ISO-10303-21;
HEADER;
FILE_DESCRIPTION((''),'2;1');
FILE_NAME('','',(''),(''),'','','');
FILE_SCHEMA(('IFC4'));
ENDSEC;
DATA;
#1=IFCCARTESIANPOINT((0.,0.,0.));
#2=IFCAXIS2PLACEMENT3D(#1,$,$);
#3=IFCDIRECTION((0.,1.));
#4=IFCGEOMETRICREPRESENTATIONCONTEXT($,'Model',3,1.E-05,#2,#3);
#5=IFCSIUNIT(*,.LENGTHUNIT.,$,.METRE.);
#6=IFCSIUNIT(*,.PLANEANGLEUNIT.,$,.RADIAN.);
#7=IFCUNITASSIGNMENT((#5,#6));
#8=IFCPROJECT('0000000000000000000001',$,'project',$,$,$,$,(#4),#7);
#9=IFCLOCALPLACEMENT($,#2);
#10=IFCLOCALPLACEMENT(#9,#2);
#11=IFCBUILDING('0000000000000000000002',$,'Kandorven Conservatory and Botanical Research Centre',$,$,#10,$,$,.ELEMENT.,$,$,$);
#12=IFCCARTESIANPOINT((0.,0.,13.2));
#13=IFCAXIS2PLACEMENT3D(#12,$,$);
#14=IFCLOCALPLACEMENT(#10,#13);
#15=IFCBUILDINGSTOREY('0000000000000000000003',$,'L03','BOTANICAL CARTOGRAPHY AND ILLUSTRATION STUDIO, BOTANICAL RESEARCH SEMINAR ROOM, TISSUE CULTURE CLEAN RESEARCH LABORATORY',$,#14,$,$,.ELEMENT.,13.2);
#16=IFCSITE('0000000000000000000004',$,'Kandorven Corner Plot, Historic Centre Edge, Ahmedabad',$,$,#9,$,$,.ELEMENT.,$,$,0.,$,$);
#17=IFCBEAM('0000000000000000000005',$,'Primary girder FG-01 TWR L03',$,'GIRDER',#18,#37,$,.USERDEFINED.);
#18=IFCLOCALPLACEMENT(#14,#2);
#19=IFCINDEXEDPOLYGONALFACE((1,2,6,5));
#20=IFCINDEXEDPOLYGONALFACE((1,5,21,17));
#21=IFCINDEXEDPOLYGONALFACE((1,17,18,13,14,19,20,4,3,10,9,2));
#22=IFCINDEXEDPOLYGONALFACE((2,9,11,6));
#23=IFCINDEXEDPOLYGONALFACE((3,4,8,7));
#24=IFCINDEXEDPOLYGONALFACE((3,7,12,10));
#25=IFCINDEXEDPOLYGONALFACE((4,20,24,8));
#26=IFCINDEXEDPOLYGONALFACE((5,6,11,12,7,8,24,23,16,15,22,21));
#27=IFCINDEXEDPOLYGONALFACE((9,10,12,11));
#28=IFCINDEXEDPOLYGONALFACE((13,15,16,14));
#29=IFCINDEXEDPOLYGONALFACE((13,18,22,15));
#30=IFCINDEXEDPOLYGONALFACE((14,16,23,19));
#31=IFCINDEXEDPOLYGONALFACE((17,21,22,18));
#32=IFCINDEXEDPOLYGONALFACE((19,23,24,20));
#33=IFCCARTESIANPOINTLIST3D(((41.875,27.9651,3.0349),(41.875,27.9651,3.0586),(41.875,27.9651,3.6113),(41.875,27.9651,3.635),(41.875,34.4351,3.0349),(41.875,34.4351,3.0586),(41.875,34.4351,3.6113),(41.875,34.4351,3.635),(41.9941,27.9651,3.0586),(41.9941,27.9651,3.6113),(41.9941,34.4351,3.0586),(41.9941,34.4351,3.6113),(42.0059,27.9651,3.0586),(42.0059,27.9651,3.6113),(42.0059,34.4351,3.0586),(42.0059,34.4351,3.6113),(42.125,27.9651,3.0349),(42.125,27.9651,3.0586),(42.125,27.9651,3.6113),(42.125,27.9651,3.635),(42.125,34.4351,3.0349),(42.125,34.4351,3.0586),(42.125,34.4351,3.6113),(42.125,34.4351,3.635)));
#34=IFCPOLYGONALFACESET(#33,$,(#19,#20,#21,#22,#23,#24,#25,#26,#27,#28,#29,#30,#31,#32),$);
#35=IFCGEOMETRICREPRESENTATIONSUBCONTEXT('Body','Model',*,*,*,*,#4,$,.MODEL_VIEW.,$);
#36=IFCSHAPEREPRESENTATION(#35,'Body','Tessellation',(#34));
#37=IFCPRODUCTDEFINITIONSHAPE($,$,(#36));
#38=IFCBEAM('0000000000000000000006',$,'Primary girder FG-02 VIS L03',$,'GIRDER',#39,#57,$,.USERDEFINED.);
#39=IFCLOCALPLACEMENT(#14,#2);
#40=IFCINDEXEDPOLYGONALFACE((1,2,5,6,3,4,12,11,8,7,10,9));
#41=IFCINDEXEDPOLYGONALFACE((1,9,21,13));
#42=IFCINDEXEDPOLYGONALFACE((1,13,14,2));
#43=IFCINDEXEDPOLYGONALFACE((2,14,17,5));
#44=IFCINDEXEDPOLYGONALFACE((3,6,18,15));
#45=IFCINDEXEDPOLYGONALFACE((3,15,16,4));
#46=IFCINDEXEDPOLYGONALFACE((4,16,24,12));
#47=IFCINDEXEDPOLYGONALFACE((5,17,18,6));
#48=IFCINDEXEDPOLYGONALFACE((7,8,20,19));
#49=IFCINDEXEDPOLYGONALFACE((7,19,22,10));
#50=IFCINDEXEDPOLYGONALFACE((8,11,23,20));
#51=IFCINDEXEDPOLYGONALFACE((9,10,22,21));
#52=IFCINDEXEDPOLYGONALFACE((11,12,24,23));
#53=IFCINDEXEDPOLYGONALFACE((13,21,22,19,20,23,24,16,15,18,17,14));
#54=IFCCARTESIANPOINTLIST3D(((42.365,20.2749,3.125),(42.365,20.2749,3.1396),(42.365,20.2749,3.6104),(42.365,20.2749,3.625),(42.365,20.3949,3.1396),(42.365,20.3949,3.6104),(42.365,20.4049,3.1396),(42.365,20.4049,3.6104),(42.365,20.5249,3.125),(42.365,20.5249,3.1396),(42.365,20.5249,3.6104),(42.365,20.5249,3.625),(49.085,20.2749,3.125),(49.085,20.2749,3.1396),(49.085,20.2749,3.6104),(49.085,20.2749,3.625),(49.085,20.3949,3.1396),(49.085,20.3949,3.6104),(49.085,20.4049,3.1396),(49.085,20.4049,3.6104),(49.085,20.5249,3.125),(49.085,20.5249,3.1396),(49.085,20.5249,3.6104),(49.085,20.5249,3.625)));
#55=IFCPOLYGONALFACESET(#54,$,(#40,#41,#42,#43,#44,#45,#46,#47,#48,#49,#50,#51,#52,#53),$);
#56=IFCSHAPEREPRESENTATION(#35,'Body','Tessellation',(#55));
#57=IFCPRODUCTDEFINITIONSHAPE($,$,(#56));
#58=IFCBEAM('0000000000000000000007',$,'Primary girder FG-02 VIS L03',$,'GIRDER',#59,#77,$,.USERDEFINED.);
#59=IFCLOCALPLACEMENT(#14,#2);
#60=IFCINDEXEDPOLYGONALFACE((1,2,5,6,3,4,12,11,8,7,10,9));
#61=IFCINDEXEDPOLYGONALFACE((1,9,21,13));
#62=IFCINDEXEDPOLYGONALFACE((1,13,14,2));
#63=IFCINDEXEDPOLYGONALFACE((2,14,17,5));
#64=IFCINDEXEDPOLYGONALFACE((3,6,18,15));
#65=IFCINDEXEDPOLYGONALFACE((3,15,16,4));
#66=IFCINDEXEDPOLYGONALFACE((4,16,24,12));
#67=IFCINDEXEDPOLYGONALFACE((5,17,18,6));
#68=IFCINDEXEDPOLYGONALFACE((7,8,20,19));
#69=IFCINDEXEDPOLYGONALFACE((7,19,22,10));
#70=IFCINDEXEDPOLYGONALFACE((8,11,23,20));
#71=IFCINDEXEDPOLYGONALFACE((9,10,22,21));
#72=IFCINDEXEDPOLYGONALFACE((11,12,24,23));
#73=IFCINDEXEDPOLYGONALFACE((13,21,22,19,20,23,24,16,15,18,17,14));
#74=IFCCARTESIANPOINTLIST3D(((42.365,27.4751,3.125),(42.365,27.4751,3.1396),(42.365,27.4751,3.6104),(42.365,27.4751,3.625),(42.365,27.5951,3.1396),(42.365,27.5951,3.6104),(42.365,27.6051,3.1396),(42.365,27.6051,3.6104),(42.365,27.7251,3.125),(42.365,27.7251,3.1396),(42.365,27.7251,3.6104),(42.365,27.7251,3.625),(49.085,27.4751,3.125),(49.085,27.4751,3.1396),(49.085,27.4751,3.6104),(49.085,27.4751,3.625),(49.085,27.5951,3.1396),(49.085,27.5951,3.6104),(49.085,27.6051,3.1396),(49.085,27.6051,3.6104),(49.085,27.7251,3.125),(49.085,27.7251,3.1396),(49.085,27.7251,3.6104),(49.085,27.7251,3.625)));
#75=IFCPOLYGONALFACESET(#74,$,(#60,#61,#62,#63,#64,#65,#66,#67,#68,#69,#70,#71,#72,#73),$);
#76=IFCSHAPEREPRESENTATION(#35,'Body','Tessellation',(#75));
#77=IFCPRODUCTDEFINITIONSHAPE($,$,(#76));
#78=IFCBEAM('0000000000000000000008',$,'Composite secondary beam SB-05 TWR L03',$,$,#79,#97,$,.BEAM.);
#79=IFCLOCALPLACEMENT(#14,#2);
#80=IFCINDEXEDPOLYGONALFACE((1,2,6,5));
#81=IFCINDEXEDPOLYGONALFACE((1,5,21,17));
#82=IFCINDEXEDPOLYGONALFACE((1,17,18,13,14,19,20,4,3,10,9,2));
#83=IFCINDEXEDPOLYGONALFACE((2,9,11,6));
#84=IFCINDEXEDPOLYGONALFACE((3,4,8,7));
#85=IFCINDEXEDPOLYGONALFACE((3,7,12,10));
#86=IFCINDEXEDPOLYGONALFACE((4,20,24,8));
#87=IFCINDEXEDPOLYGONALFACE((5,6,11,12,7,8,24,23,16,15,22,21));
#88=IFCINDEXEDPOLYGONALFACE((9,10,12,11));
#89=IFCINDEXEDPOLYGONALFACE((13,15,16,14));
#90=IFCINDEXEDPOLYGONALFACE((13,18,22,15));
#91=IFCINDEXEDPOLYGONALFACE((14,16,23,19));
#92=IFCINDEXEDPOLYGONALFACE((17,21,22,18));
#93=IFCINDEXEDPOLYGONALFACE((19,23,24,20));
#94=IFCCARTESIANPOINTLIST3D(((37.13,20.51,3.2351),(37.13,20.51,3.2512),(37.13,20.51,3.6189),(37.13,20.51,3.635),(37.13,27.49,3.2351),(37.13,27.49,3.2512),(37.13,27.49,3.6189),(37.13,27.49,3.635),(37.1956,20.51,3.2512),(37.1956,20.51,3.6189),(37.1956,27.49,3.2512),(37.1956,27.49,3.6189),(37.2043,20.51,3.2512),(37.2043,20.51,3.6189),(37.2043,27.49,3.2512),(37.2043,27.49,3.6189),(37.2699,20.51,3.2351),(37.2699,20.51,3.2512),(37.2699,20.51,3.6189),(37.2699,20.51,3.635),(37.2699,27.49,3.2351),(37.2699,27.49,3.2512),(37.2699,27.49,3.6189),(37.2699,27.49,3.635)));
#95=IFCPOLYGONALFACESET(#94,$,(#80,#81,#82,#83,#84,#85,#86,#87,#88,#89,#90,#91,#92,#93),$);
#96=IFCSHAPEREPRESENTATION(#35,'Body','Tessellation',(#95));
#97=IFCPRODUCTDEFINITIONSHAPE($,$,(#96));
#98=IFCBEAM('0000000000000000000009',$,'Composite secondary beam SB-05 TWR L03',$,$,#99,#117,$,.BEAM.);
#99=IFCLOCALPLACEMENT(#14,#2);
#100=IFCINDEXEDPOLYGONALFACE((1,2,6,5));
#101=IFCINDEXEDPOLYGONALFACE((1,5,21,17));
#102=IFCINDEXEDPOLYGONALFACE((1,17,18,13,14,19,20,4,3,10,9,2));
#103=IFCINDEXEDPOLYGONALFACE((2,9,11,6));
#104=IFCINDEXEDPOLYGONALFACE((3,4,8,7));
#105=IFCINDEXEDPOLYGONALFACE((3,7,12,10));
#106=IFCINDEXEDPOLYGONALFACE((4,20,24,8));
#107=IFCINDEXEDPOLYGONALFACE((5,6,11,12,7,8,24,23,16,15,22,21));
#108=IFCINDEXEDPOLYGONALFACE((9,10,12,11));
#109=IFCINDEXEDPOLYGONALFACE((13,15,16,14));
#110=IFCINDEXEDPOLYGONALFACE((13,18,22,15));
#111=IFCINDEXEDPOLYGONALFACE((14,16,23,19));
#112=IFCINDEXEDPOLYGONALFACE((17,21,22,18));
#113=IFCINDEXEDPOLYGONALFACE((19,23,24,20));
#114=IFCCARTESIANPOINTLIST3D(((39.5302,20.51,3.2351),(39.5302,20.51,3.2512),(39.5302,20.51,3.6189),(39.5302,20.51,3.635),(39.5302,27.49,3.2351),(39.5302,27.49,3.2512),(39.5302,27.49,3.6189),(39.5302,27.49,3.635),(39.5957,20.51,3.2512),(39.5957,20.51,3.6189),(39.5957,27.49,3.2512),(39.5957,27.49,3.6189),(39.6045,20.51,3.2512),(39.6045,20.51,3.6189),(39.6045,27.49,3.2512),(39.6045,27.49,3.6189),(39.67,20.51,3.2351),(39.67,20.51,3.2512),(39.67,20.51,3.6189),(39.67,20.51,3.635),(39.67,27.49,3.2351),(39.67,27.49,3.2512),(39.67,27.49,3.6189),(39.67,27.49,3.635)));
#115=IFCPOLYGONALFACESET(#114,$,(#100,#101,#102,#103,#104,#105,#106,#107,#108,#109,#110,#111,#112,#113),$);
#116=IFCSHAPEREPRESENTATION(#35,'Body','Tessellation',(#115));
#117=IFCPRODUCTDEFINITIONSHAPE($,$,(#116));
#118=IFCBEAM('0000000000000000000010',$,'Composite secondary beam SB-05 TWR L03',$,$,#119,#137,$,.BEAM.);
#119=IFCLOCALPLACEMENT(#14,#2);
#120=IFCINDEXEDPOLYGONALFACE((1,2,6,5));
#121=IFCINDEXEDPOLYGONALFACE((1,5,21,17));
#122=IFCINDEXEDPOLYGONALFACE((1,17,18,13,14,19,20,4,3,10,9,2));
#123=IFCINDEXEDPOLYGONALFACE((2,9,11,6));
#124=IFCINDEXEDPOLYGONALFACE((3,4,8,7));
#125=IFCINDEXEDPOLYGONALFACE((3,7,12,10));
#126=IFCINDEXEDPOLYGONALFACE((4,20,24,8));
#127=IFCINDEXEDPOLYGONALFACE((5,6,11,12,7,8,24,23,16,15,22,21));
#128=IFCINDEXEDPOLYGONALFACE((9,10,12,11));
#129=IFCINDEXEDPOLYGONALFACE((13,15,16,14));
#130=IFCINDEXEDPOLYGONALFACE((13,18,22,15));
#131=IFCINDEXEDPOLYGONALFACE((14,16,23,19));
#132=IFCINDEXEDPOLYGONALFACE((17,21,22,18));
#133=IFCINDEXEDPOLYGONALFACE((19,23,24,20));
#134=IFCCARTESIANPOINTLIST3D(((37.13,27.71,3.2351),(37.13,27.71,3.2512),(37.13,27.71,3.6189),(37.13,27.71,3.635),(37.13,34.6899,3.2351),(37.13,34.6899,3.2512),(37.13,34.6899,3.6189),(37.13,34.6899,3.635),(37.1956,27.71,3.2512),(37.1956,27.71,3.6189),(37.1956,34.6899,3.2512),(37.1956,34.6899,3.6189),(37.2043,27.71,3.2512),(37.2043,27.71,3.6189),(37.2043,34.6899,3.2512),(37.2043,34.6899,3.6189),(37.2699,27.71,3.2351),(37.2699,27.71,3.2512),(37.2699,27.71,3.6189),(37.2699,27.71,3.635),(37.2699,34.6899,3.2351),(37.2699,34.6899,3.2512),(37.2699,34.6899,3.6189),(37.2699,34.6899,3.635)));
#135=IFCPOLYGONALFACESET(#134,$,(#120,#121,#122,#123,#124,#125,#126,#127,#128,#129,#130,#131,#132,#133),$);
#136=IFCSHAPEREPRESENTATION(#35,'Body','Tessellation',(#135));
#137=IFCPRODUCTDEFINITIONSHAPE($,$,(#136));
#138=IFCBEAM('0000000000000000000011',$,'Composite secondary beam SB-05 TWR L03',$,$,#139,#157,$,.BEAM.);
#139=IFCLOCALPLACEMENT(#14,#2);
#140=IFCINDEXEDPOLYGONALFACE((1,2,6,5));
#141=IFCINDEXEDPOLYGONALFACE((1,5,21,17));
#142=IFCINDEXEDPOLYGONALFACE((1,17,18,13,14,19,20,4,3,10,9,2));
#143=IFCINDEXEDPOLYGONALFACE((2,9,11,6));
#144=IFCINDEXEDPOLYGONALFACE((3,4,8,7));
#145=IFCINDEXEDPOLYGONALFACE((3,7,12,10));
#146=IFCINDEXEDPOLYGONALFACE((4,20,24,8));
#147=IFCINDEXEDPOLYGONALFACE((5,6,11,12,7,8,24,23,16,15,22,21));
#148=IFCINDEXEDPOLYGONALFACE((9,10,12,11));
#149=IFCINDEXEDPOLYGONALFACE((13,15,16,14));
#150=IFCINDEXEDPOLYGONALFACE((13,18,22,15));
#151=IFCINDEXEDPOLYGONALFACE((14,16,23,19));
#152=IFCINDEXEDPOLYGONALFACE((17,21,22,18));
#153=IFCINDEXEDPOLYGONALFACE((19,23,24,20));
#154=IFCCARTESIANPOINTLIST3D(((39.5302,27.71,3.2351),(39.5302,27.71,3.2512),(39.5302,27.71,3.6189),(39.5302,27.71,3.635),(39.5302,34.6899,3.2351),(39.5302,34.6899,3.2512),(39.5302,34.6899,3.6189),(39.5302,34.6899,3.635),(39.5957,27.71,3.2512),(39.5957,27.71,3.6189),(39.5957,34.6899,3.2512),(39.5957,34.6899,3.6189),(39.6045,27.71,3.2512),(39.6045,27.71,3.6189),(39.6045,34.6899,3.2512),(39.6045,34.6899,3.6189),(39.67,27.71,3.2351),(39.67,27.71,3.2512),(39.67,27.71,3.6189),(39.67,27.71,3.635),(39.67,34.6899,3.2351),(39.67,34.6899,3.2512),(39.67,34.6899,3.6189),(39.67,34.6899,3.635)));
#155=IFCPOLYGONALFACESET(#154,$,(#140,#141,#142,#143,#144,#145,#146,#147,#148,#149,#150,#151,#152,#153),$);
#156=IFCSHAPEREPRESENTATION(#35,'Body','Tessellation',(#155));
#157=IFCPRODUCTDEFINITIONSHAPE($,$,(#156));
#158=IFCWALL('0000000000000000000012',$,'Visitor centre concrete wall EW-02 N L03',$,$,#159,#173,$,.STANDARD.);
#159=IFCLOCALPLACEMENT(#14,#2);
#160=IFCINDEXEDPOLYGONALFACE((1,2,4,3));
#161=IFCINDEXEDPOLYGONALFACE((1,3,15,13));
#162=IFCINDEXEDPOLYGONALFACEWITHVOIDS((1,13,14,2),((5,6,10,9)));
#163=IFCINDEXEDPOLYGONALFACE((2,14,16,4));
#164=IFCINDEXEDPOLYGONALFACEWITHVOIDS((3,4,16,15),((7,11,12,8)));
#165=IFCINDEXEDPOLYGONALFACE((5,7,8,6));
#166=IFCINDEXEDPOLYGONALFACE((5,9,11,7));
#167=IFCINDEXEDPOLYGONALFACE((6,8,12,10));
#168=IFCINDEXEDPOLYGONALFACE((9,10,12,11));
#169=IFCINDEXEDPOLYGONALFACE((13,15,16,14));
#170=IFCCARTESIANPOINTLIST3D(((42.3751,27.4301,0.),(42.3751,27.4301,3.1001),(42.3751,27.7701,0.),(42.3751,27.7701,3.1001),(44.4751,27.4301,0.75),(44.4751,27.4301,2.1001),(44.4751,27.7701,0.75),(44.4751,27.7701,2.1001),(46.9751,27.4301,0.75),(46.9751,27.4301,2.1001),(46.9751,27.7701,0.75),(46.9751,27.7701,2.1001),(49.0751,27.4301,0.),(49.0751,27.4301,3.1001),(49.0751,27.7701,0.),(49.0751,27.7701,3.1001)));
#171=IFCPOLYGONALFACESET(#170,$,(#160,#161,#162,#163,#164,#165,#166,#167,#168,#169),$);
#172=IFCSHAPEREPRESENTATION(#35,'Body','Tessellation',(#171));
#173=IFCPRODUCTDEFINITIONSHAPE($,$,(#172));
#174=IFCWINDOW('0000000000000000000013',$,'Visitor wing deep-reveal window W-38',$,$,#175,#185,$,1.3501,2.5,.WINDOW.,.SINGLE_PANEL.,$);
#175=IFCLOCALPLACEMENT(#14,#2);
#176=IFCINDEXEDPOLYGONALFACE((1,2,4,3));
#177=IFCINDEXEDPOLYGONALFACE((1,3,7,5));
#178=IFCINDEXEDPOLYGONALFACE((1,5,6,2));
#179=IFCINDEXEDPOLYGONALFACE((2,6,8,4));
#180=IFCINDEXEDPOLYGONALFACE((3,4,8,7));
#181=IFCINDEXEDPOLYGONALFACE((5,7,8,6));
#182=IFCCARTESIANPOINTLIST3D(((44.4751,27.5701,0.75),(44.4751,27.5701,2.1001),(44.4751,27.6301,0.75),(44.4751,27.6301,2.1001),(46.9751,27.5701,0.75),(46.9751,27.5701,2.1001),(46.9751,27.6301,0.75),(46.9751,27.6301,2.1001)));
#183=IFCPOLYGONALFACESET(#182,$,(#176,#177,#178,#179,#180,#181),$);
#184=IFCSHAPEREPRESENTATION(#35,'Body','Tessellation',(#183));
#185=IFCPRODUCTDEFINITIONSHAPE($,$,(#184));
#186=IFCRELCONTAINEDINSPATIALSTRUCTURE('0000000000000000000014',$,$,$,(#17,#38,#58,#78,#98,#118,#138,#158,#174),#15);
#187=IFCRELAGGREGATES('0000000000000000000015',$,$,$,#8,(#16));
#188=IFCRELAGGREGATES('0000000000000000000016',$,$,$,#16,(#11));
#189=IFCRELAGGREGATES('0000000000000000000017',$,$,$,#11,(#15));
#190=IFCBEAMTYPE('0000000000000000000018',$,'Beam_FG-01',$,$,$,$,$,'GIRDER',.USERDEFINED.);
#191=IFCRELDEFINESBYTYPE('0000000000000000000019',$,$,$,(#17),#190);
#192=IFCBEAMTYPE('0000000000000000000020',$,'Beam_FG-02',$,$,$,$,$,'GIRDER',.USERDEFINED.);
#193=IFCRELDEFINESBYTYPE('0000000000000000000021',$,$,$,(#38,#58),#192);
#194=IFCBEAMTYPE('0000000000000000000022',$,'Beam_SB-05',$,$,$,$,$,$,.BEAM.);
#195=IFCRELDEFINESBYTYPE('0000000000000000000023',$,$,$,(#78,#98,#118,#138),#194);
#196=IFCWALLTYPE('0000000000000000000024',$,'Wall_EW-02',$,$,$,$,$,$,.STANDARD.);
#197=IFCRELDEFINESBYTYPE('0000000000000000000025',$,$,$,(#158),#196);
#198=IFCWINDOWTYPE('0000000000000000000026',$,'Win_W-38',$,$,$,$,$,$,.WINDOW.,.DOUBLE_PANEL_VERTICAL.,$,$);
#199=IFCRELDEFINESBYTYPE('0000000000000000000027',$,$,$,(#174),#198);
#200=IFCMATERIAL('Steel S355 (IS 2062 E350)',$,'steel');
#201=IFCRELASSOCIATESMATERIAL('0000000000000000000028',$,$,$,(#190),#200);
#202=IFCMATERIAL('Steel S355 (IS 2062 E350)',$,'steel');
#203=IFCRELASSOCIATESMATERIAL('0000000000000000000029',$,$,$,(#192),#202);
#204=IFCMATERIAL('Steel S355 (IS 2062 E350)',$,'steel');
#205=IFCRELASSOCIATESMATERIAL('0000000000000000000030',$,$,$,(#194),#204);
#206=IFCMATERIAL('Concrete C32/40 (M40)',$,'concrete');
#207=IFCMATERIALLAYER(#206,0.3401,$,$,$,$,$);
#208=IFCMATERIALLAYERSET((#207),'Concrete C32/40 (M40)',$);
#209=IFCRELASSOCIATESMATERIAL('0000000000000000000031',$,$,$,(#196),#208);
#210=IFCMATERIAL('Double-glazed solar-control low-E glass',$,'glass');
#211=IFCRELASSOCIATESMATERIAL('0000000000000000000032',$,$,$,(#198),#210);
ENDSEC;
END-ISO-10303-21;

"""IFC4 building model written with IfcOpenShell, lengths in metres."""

from ifc_helpers import new_model, si_unit, direction, frame, frame_2d, origin, origin_2d, place, context, subcontext, project, spatial, rectangle, i_section, extrude, material, layer, layer_set, material_profile, profile_set, type_object, element, fill, save


model = new_model("IFC4")

# Units and contexts
model_context = context("Model", 3, precision=1e-05, world=origin(), true_north=direction((0.0, 1.0)))
body_context = subcontext(model_context, "Body", "Model", "MODEL_VIEW")
ifc_project = project(units=[si_unit("LENGTHUNIT", "METRE"), si_unit("PLANEANGLEUNIT", "RADIAN")], contexts=[model_context])

# Site, building, storey
site_placement = place(None, origin())
site = spatial("IfcSite", under=ifc_project, at=site_placement, Name="Kandorven Corner Plot, Historic Centre Edge, Ahmedabad", CompositionType="ELEMENT", RefElevation=0.0)
building_placement = place(site_placement, origin())
building = spatial("IfcBuilding", under=site, at=building_placement, Name="Kandorven Conservatory and Botanical Research Centre", CompositionType="ELEMENT")
storey_placement = place(building_placement, frame((0.0, 0.0, 13.2)))
storey = spatial("IfcBuildingStorey", under=building, at=storey_placement, Name="L03", Description="BOTANICAL CARTOGRAPHY AND ILLUSTRATION STUDIO, BOTANICAL RESEARCH SEMINAR ROOM, TISSUE CULTURE CLEAN RESEARCH LABORATORY", CompositionType="ELEMENT", Elevation=13.2)

# Beams
ifc_material_1 = material(Name="Steel S355 (IS 2062 E350)", Category="steel")
ifc_material_profile_1 = material_profile(ifc_material_1, i_section(OverallWidth=0.25, OverallDepth=0.6001, WebThickness=0.0117, FlangeThickness=0.0237, at=origin_2d()))
ifc_profile_set_1 = profile_set([ifc_material_profile_1], Name="Steel S355 (IS 2062 E350)")
beam_type_1 = type_object("IfcBeamType", Name="Beam_FG-01", ElementType="GIRDER", PredefinedType="USERDEFINED", material=ifc_profile_set_1)
beam_1_placement = place(storey_placement, frame((42.0, 27.9651, 3.335), z_axis=(0.0, 1.0, 0.0), x_axis=(-1.0, 0.0, 0.0)))
element("IfcBeam", 1, at=beam_1_placement, inside=storey, type_object=beam_type_1, Name="Primary girder FG-01 TWR L03", ObjectType="GIRDER", PredefinedType="USERDEFINED", context=body_context, shape_type="SweptSolid", body=[
    extrude(i_section(OverallWidth=0.25, OverallDepth=0.6001, WebThickness=0.0117, FlangeThickness=0.0237, at=origin_2d()), origin(), (0.0, 0.0, 1.0), 6.47),
])
ifc_material_2 = material(Name="Steel S355 (IS 2062 E350)", Category="steel")
ifc_material_profile_2 = material_profile(ifc_material_2, i_section(OverallWidth=0.25, OverallDepth=0.5, WebThickness=0.01, FlangeThickness=0.0146, at=origin_2d()))
ifc_profile_set_2 = profile_set([ifc_material_profile_2], Name="Steel S355 (IS 2062 E350)")
beam_type_2 = type_object("IfcBeamType", Name="Beam_FG-02", ElementType="GIRDER", PredefinedType="USERDEFINED", material=ifc_profile_set_2)
for number, where, z_axis, x_axis, name in (
    (2, (42.365, 20.3999, 3.375), (1.0, 0.0, 0.0), (0.0, 1.0, 0.0), "Primary girder FG-02 VIS L03"),
    (3, (42.365, 27.6001, 3.375), (1.0, 0.0, 0.0), (0.0, 1.0, 0.0), "Primary girder FG-02 VIS L03"),
):
    element("IfcBeam", number, at=place(storey_placement, frame(where, z_axis=z_axis, x_axis=x_axis)), inside=storey, type_object=beam_type_2, Name=name, ObjectType="GIRDER", PredefinedType="USERDEFINED", context=body_context, shape_type="SweptSolid", body=[
        extrude(i_section(OverallWidth=0.25, OverallDepth=0.5, WebThickness=0.01, FlangeThickness=0.0146, at=origin_2d()), origin(), (0.0, 0.0, 1.0), 6.72),
    ])
ifc_material_3 = material(Name="Steel S355 (IS 2062 E350)", Category="steel")
ifc_material_profile_3 = material_profile(ifc_material_3, i_section(OverallWidth=0.1399, OverallDepth=0.3999, WebThickness=0.0088, FlangeThickness=0.0161, at=origin_2d()))
ifc_profile_set_3 = profile_set([ifc_material_profile_3], Name="Steel S355 (IS 2062 E350)")
beam_type_3 = type_object("IfcBeamType", Name="Beam_SB-05", PredefinedType="BEAM", material=ifc_profile_set_3)
for number, where, z_axis, x_axis, name in (
    (4, (37.2, 20.51, 3.4351), (0.0, 1.0, 0.0), (-1.0, 0.0, 0.0), "Composite secondary beam SB-05 TWR L03"),
    (5, (39.6001, 20.51, 3.4351), (0.0, 1.0, 0.0), (-1.0, 0.0, 0.0), "Composite secondary beam SB-05 TWR L03"),
    (6, (37.2, 27.71, 3.4351), (0.0, 1.0, 0.0), (-1.0, 0.0, 0.0), "Composite secondary beam SB-05 TWR L03"),
    (7, (39.6001, 27.71, 3.4351), (0.0, 1.0, 0.0), (-1.0, 0.0, 0.0), "Composite secondary beam SB-05 TWR L03"),
):
    element("IfcBeam", number, at=place(storey_placement, frame(where, z_axis=z_axis, x_axis=x_axis)), inside=storey, type_object=beam_type_3, Name=name, PredefinedType="BEAM", context=body_context, shape_type="SweptSolid", body=[
        extrude(i_section(OverallWidth=0.1399, OverallDepth=0.3999, WebThickness=0.0088, FlangeThickness=0.0161, at=origin_2d()), origin(), (0.0, 0.0, 1.0), 6.98),
    ])

# Wall, opening, window
ifc_material_4 = material(Name="Concrete C32/40 (M40)", Category="concrete")
ifc_layer_1 = layer(ifc_material_4, 0.3401)
ifc_layer_set_1 = layer_set([ifc_layer_1], Name="Concrete C32/40 (M40)")
wall_type_1 = type_object("IfcWallType", Name="Wall_EW-02", PredefinedType="STANDARD", material=ifc_layer_set_1)
wall_1_placement = place(storey_placement, frame((42.375, 27.6001, 0.0), z_axis=(0.0, 0.0, 1.0), x_axis=(1.0, 0.0, 0.0)))
wall_1 = element("IfcWall", 8, at=wall_1_placement, inside=storey, type_object=wall_type_1, Name="Visitor centre concrete wall EW-02 N L03", PredefinedType="STANDARD", context=body_context, shape_type="SweptSolid", body=[
    extrude(rectangle(XDim=6.7, YDim=0.3401, at=frame_2d((3.3501, 0.0))), origin(), (0.0, 0.0, 1.0), 3.1001),
])
opening_1_placement = place(wall_1_placement, frame((2.1001, 0.0, 0.75)))
opening_1 = element("IfcOpeningElement", 9, at=opening_1_placement, cuts=wall_1, PredefinedType="OPENING", context=body_context, shape_type="SweptSolid", body=[
    extrude(rectangle(XDim=2.5, YDim=1.3501, at=frame_2d((1.25, 0.675))), frame((0.0, 0.1799, 0.0), z_axis=(0.0, -1.0, 0.0), x_axis=(1.0, 0.0, 0.0)), (0.0, 0.0, 1.0), 0.3601),
])
ifc_material_5 = material(Name="Double-glazed solar-control low-E glass", Category="glass")
window_type_1 = type_object("IfcWindowType", Name="Win_W-38", PartitioningType="DOUBLE_PANEL_VERTICAL", PredefinedType="WINDOW", material=ifc_material_5)
window_1_placement = place(opening_1_placement, origin())
window_1 = element("IfcWindow", 10, at=window_1_placement, inside=storey, type_object=window_type_1, Name="Visitor wing deep-reveal window W-38", OverallHeight=1.3501, OverallWidth=2.5, PartitioningType="SINGLE_PANEL", PredefinedType="WINDOW", context=body_context, shape_type="SweptSolid", body=[
    extrude(rectangle(XDim=2.5, YDim=1.3501, at=frame_2d((1.25, 0.675))), frame((0.0, 0.03, 0.0), z_axis=(0.0, -1.0, 0.0), x_axis=(1.0, 0.0, 0.0)), (0.0, 0.0, 1.0), 0.0601),
])
fill(opening_1, window_1)

save(model, "model.ifc")
